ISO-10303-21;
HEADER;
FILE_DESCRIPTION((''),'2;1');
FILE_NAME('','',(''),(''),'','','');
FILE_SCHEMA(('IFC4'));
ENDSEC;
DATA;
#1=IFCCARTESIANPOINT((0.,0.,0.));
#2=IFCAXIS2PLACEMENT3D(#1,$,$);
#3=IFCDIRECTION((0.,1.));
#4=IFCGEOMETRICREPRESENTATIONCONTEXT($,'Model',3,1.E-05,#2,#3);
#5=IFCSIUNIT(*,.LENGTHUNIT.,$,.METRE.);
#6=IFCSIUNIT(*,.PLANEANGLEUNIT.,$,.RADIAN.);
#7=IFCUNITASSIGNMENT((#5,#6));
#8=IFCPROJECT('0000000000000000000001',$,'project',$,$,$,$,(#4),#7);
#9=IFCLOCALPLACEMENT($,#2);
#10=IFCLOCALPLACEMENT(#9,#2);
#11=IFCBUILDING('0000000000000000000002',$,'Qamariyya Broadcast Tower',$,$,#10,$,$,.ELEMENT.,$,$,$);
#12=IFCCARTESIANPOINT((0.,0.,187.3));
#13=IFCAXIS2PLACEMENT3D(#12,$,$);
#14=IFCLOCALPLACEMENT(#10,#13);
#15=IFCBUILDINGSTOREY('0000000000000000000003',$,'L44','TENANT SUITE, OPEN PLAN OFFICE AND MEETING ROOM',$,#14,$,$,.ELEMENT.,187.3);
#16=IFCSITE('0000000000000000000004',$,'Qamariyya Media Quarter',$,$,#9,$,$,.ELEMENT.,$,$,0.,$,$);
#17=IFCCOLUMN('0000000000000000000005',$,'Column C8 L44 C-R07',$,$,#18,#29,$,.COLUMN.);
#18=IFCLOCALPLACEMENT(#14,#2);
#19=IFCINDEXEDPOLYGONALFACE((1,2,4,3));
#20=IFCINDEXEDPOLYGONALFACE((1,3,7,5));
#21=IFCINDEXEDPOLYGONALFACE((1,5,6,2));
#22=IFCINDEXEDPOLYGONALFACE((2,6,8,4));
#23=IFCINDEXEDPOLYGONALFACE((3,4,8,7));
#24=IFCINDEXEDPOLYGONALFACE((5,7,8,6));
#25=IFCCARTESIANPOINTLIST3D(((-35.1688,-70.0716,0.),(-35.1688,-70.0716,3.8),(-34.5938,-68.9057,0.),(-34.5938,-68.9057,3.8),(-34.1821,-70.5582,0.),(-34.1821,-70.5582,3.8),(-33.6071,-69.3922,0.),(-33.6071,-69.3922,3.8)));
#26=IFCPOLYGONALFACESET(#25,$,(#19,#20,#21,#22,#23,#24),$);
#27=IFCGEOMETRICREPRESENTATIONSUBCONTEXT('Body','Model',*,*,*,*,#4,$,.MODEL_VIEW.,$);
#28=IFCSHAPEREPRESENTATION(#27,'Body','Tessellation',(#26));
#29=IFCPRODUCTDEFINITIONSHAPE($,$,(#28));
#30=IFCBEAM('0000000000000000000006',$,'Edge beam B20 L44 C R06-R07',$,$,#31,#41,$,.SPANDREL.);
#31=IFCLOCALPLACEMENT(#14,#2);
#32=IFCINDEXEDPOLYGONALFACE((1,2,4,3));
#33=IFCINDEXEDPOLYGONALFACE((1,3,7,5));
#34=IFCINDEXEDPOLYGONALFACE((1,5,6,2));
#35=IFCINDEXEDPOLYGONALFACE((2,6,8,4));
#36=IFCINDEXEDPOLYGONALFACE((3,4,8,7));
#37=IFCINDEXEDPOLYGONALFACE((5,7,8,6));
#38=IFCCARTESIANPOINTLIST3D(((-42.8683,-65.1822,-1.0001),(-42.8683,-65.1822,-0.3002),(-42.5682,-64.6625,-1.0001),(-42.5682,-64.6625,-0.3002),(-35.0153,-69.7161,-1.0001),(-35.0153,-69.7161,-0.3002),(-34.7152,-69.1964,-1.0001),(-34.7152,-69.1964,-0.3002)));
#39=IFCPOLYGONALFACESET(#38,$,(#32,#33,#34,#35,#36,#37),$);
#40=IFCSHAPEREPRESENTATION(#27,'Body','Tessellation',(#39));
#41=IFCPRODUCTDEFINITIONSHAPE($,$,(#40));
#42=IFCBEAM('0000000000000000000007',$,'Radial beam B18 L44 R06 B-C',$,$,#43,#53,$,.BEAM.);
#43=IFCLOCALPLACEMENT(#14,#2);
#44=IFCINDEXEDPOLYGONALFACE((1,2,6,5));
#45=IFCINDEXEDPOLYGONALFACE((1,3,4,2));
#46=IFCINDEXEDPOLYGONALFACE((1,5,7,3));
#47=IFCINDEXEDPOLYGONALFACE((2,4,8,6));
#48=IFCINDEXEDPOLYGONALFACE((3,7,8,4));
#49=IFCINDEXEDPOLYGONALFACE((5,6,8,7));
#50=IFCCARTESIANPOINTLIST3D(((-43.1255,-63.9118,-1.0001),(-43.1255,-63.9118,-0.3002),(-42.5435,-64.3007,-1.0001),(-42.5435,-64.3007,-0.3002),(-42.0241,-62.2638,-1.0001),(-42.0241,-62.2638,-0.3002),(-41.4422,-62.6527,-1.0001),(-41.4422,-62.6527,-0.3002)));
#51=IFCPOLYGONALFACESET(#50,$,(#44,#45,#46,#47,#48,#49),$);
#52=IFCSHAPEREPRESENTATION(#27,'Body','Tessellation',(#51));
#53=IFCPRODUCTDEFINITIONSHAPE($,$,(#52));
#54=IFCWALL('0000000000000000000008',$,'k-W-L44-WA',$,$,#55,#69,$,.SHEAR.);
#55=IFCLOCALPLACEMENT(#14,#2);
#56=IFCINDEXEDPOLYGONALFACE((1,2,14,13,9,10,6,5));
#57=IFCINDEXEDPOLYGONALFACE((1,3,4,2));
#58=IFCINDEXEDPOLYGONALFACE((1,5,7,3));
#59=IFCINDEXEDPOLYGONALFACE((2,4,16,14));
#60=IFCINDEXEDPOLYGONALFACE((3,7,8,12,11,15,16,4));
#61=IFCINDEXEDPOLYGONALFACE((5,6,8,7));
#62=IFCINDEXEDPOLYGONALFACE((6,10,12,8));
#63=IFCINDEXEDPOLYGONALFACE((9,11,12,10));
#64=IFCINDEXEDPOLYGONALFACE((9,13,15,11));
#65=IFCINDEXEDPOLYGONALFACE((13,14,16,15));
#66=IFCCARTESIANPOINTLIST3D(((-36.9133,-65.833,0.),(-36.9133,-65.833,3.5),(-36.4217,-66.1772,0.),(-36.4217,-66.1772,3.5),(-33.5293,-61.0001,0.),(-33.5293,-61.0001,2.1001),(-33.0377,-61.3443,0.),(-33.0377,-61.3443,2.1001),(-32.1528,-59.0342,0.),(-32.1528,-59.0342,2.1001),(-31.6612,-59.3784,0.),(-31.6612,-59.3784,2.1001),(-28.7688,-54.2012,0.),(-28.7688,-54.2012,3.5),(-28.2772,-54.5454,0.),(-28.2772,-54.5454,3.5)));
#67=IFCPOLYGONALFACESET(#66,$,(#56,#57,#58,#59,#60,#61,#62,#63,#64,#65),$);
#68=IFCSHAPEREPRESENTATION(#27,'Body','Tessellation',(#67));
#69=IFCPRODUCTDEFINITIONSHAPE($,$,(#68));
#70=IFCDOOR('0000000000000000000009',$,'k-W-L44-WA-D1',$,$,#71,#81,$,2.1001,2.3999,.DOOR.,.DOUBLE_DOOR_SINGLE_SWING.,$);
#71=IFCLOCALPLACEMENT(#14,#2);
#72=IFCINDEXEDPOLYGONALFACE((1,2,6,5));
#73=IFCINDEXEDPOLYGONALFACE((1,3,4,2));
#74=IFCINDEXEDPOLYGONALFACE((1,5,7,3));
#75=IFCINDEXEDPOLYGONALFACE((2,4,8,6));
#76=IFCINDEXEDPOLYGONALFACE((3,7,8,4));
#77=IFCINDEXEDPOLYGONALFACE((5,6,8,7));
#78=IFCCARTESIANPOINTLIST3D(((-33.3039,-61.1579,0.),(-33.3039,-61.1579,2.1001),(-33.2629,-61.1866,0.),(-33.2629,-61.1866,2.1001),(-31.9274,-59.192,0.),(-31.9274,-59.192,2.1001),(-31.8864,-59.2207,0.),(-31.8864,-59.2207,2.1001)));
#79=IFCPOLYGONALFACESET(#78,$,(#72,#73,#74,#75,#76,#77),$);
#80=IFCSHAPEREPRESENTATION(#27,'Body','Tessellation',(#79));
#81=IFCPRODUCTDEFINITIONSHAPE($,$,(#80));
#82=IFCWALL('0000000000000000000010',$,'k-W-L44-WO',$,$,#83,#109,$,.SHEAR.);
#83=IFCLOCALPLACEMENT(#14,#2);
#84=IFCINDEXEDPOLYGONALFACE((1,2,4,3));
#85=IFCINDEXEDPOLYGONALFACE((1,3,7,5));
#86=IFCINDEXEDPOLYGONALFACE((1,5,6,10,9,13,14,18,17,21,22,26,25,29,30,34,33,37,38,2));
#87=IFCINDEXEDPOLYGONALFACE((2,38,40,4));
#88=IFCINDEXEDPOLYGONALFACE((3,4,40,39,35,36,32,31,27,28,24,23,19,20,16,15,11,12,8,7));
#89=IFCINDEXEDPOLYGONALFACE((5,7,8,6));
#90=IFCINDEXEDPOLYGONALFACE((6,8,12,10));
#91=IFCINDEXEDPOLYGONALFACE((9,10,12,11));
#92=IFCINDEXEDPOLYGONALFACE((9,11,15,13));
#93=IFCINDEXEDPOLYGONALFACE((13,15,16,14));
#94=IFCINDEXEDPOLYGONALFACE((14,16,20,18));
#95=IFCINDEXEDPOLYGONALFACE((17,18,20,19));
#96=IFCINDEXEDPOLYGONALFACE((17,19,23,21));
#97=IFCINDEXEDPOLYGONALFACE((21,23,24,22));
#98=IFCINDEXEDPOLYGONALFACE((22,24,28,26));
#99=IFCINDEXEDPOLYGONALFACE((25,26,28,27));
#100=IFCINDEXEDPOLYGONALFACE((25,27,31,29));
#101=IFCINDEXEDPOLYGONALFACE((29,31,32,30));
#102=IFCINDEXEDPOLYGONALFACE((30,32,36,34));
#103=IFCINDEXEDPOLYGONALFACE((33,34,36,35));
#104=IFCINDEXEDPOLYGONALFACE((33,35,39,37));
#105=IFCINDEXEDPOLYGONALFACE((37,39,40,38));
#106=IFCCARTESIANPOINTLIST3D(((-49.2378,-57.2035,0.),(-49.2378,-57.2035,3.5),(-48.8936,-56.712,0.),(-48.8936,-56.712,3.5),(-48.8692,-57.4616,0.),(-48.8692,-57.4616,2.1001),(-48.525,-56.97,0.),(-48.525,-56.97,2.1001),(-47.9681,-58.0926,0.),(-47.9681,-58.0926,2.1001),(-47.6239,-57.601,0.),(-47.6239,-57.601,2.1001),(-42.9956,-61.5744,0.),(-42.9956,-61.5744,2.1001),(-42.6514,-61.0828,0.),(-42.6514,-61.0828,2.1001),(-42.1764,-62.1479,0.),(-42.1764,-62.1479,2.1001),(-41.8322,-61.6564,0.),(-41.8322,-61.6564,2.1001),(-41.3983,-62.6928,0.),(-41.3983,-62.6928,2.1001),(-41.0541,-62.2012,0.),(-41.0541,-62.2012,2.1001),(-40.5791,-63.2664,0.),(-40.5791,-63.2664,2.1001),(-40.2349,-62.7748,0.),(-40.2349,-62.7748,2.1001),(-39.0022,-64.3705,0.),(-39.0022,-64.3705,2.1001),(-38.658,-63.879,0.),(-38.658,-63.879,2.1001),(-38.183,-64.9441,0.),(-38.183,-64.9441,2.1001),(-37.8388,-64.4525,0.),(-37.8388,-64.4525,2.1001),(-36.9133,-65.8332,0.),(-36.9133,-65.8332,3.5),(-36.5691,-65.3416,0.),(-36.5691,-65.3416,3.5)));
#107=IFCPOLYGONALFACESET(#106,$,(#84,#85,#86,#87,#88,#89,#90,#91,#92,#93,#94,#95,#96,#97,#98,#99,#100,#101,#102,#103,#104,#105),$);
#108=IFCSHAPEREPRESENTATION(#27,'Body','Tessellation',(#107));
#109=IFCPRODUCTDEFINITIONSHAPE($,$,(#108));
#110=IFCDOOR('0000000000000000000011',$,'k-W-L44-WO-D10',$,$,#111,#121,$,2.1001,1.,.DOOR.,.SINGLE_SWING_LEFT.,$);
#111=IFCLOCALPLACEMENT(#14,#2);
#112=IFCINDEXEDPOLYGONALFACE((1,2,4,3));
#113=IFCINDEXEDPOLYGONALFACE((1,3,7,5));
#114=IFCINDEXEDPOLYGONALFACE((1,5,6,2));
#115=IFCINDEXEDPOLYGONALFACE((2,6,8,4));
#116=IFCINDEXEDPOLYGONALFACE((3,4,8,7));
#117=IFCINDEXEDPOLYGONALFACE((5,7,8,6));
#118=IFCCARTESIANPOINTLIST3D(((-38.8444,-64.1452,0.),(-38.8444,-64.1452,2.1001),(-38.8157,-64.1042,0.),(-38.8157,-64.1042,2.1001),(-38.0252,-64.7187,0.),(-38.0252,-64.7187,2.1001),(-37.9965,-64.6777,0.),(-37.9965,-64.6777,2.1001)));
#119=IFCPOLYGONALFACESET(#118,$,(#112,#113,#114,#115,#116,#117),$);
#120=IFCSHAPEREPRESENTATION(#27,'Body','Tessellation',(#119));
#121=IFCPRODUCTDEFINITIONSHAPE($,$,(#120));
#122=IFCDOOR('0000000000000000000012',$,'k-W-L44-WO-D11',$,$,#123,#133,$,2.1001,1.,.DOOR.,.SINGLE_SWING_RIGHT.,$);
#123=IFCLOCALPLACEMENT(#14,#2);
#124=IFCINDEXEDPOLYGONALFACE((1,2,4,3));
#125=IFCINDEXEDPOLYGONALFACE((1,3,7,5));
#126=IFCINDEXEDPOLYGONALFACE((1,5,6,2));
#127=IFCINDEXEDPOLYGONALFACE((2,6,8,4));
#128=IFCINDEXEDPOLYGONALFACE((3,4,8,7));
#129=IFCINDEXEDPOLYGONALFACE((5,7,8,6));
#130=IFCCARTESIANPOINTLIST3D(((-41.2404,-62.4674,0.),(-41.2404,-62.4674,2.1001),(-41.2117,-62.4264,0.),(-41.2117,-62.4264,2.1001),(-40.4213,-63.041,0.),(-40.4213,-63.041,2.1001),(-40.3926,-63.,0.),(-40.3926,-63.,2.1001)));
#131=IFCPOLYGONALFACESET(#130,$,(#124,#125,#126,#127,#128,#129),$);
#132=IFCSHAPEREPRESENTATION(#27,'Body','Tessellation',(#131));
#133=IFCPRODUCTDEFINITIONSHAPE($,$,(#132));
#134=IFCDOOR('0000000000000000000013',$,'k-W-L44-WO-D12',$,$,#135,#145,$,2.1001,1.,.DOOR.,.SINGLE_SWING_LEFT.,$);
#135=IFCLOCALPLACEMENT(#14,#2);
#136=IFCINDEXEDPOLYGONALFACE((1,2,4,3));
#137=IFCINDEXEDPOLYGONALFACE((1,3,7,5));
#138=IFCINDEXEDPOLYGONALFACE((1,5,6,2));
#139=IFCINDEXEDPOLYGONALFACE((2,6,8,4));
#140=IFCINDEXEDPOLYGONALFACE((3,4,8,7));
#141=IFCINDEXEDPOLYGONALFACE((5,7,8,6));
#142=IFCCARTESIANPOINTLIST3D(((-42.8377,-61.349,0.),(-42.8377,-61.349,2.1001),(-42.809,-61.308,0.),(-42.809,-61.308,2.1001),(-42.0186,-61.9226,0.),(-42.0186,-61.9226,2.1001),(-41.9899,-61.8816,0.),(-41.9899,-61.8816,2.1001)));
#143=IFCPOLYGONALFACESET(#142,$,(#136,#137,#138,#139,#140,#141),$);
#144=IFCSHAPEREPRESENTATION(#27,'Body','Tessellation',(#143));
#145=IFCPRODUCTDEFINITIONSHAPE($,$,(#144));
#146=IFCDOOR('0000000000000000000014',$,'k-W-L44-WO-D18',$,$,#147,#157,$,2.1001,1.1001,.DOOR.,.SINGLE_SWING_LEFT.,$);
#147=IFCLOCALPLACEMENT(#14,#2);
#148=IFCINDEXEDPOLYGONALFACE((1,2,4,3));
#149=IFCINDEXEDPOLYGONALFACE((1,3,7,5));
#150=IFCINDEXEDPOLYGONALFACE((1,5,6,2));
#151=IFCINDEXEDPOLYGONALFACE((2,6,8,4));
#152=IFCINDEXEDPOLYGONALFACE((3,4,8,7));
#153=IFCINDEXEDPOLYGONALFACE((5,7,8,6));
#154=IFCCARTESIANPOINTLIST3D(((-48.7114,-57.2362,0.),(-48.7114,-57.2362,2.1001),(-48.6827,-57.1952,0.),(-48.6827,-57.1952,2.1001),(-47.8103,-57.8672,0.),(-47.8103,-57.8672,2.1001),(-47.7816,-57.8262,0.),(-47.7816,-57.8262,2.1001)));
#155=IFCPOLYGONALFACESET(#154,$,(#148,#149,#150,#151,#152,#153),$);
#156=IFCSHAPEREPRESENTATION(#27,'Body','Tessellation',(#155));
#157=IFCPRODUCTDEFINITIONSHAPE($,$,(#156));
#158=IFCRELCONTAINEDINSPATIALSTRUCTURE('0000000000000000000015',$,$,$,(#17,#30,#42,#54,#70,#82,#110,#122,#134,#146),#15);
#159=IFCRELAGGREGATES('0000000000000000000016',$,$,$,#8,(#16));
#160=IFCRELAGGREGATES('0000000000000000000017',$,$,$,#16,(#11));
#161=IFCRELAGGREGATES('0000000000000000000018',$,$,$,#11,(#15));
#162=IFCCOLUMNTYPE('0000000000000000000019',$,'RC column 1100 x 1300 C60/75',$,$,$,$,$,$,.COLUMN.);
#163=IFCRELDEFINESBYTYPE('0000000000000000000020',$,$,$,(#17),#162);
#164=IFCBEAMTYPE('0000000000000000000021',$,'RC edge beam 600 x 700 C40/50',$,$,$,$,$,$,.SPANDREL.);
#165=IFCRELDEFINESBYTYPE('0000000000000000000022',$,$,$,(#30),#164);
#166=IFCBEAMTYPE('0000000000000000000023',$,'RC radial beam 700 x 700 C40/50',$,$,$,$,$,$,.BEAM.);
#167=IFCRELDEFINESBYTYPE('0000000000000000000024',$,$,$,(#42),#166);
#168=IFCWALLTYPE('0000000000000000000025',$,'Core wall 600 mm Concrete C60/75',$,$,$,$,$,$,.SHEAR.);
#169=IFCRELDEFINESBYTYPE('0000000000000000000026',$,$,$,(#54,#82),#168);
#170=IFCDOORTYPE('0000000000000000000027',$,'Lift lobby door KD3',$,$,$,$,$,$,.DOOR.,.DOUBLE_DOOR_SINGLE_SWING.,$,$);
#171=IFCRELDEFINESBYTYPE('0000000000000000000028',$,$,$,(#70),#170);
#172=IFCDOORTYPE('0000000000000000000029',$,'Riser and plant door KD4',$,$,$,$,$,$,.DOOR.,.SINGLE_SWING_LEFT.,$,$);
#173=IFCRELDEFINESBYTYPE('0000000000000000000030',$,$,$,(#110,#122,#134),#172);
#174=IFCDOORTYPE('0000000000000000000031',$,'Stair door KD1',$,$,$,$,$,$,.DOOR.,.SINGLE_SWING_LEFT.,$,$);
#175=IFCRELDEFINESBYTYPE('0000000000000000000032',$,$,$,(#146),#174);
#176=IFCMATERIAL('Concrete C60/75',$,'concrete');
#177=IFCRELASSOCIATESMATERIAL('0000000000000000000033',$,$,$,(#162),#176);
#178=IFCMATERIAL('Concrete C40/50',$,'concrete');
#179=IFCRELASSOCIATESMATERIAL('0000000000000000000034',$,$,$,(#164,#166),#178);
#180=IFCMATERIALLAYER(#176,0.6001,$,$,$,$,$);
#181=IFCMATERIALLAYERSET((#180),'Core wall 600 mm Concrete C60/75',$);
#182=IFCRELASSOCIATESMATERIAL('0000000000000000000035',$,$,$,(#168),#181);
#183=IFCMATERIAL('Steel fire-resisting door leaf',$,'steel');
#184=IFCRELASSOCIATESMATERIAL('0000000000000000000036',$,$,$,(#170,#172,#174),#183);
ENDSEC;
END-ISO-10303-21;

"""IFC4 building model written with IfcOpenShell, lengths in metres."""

from ifc_helpers import new_model, si_unit, direction, frame, frame_2d, origin, origin_2d, place, context, subcontext, project, spatial, rectangle, extrude, material, layer, layer_set, material_profile, profile_set, type_object, element, fill, save


model = new_model("IFC4")

# Units and contexts
model_context = context("Model", 3, precision=1e-05, world=origin(), true_north=direction((0.0, 1.0)))
body_context = subcontext(model_context, "Body", "Model", "MODEL_VIEW")
ifc_project = project(units=[si_unit("LENGTHUNIT", "METRE"), si_unit("PLANEANGLEUNIT", "RADIAN")], contexts=[model_context])

# Site, building, storey
site_placement = place(None, origin())
site = spatial("IfcSite", under=ifc_project, at=site_placement, Name="Qamariyya Media Quarter", CompositionType="ELEMENT", RefElevation=0.0)
building_placement = place(site_placement, origin())
building = spatial("IfcBuilding", under=site, at=building_placement, Name="Qamariyya Broadcast Tower", CompositionType="ELEMENT")
storey_placement = place(building_placement, frame((0.0, 0.0, 187.3)))
storey = spatial("IfcBuildingStorey", under=building, at=storey_placement, Name="L44", Description="TENANT SUITE, OPEN PLAN OFFICE AND MEETING ROOM", CompositionType="ELEMENT", Elevation=187.3)

# Column
ifc_material_1 = material(Name="Concrete C60/75", Category="concrete")
ifc_material_profile_1 = material_profile(ifc_material_1, rectangle(XDim=1.1001, YDim=1.3, at=origin_2d()))
ifc_profile_set_1 = profile_set([ifc_material_profile_1], Name="Concrete C60/75")
column_type = type_object("IfcColumnType", Name="RC column 1100 x 1300 C60/75", PredefinedType="COLUMN", material=ifc_profile_set_1)
column_placement = place(storey_placement, frame((-34.3879, -69.7319, 0.0), z_axis=(0.0, 0.0, 1.0), x_axis=(0.896873, -0.442289, 0.0)))
element("IfcColumn", 1, at=column_placement, inside=storey, type_object=column_type, Name="Column C8 L44 C-R07", PredefinedType="COLUMN", context=body_context, shape_type="SweptSolid", body=[
    extrude(rectangle(XDim=1.1001, YDim=1.3, at=origin_2d()), origin(), (0.0, 0.0, 1.0), 3.8),
])

# Beams
ifc_material_2 = material(Name="Concrete C40/50", Category="concrete")
ifc_material_profile_2 = material_profile(ifc_material_2, rectangle(XDim=0.6001, YDim=0.7, at=origin_2d()))
ifc_profile_set_2 = profile_set([ifc_material_profile_2], Name="Concrete C40/50")
beam_type_1 = type_object("IfcBeamType", Name="RC edge beam 600 x 700 C40/50", PredefinedType="SPANDREL", material=ifc_profile_set_2)
beam_1_placement = place(storey_placement, frame((-42.7183, -64.9224, -0.6501), z_axis=(0.866026, -0.499999, 0.0), x_axis=(0.499999, 0.866026, 0.0)))
element("IfcBeam", 2, at=beam_1_placement, inside=storey, type_object=beam_type_1, Name="Edge beam B20 L44 C R06-R07", PredefinedType="SPANDREL", context=body_context, shape_type="SweptSolid", body=[
    extrude(rectangle(XDim=0.6001, YDim=0.7, at=origin_2d()), origin(), (0.0, 0.0, 1.0), 9.0679),
])
ifc_material_profile_3 = material_profile(ifc_material_2, rectangle(XDim=0.7, YDim=0.7, at=origin_2d()))
ifc_profile_set_3 = profile_set([ifc_material_profile_3], Name="Concrete C40/50")
beam_type_2 = type_object("IfcBeamType", Name="RC radial beam 700 x 700 C40/50", PredefinedType="BEAM", material=ifc_profile_set_3)
beam_2_placement = place(storey_placement, frame((-41.7332, -62.4583, -0.6501), z_axis=(-0.555638, -0.831424, 0.0), x_axis=(0.831424, -0.555638, 0.0)))
element("IfcBeam", 3, at=beam_2_placement, inside=storey, type_object=beam_type_2, Name="Radial beam B18 L44 R06 B-C", PredefinedType="BEAM", context=body_context, shape_type="SweptSolid", body=[
    extrude(rectangle(XDim=0.7, YDim=0.7, at=origin_2d()), origin(), (0.0, 0.0, 1.0), 1.9822),
])

# Wall, opening, door
ifc_layer_1 = layer(ifc_material_1, 0.6001)
ifc_layer_set_1 = layer_set([ifc_layer_1], Name="Core wall 600 mm Concrete C60/75")
wall_type_1 = type_object("IfcWallType", Name="Core wall 600 mm Concrete C60/75", PredefinedType="SHEAR", material=ifc_layer_set_1)
wall_1_placement = place(storey_placement, frame((-36.6675, -66.0051, 0.0), z_axis=(0.0, 0.0, 1.0), x_axis=(0.573568, 0.819158, 0.0)))
wall_1 = element("IfcWall", 4, at=wall_1_placement, inside=storey, type_object=wall_type_1, Name="k-W-L44-WA", PredefinedType="SHEAR", context=body_context, shape_type="SweptSolid", body=[
    extrude(rectangle(XDim=14.1997, YDim=0.6001, at=frame_2d((7.0999, 0.0))), origin(), (0.0, 0.0, 1.0), 3.5),
])
opening_1_placement = place(wall_1_placement, frame((5.8999, 0.0, 0.0)))
opening_1 = element("IfcOpeningElement", 5, at=opening_1_placement, cuts=wall_1, PredefinedType="OPENING", context=body_context, shape_type="SweptSolid", body=[
    extrude(rectangle(XDim=2.3999, YDim=2.1001, at=frame_2d((1.2, 1.05))), frame((0.0, 0.3101, 0.0), z_axis=(0.0, -1.0, 0.0), x_axis=(1.0, 0.0, 0.0)), (0.0, 0.0, 1.0), 0.6201),
])
ifc_material_3 = material(Name="Steel fire-resisting door leaf", Category="steel")
door_type_1 = type_object("IfcDoorType", Name="Lift lobby door KD3", OperationType="DOUBLE_DOOR_SINGLE_SWING", PredefinedType="DOOR", material=ifc_material_3)
door_1_placement = place(opening_1_placement, origin())
door_1 = element("IfcDoor", 6, at=door_1_placement, inside=storey, type_object=door_type_1, Name="k-W-L44-WA-D1", OperationType="DOUBLE_DOOR_SINGLE_SWING", OverallHeight=2.1001, OverallWidth=2.3999, PredefinedType="DOOR", context=body_context, shape_type="SweptSolid", body=[
    extrude(rectangle(XDim=2.3999, YDim=2.1001, at=frame_2d((1.2, 1.05))), frame((0.0, 0.0249, 0.0), z_axis=(0.0, -1.0, 0.0), x_axis=(1.0, 0.0, 0.0)), (0.0, 0.0, 1.0), 0.05),
])
fill(opening_1, door_1)

# Wall, openings, doors
wall_2_placement = place(storey_placement, frame((-36.7412, -65.5874, 0.0), z_axis=(0.0, 0.0, 1.0), x_axis=(-0.819153, 0.573575, 0.0)))
wall_2 = element("IfcWall", 7, at=wall_2_placement, inside=storey, type_object=wall_type_1, Name="k-W-L44-WO", PredefinedType="SHEAR", context=body_context, shape_type="SweptSolid", body=[
    extrude(rectangle(XDim=15.0454, YDim=0.6001, at=frame_2d((7.5227, 0.0))), origin(), (0.0, 0.0, 1.0), 3.5),
])
opening_2_placement = place(wall_2_placement, frame((1.55, 0.0, 0.0)))
opening_2 = element("IfcOpeningElement", 8, at=opening_2_placement, cuts=wall_2, PredefinedType="OPENING", context=body_context, shape_type="SweptSolid", body=[
    extrude(rectangle(XDim=1.0, YDim=2.1001, at=frame_2d((0.5, 1.05))), frame((0.0, 0.3101, 0.0), z_axis=(0.0, -1.0, 0.0), x_axis=(1.0, 0.0, 0.0)), (0.0, 0.0, 1.0), 0.6201),
])
opening_3_placement = place(wall_2_placement, frame((4.4751, 0.0, 0.0)))
opening_3 = element("IfcOpeningElement", 9, at=opening_3_placement, cuts=wall_2, PredefinedType="OPENING", context=body_context, shape_type="SweptSolid", body=[
    extrude(rectangle(XDim=1.0, YDim=2.1001, at=frame_2d((0.5, 1.05))), frame((0.0, 0.3101, 0.0), z_axis=(0.0, -1.0, 0.0), x_axis=(1.0, 0.0, 0.0)), (0.0, 0.0, 1.0), 0.6201),
])
opening_4_placement = place(wall_2_placement, frame((6.425, 0.0, 0.0)))
opening_4 = element("IfcOpeningElement", 10, at=opening_4_placement, cuts=wall_2, PredefinedType="OPENING", context=body_context, shape_type="SweptSolid", body=[
    extrude(rectangle(XDim=1.0, YDim=2.1001, at=frame_2d((0.5, 1.05))), frame((0.0, 0.3101, 0.0), z_axis=(0.0, -1.0, 0.0), x_axis=(1.0, 0.0, 0.0)), (0.0, 0.0, 1.0), 0.6201),
])
opening_5_placement = place(wall_2_placement, frame((13.4954, 0.0, 0.0)))
opening_5 = element("IfcOpeningElement", 11, at=opening_5_placement, cuts=wall_2, PredefinedType="OPENING", context=body_context, shape_type="SweptSolid", body=[
    extrude(rectangle(XDim=1.1001, YDim=2.1001, at=frame_2d((0.55, 1.05))), frame((0.0, 0.3101, 0.0), z_axis=(0.0, -1.0, 0.0), x_axis=(1.0, 0.0, 0.0)), (0.0, 0.0, 1.0), 0.6201),
])
door_type_2 = type_object("IfcDoorType", Name="Riser and plant door KD4", OperationType="SINGLE_SWING_LEFT", PredefinedType="DOOR", material=ifc_material_3)
door_2_placement = place(opening_2_placement, origin())
door_2 = element("IfcDoor", 12, at=door_2_placement, inside=storey, type_object=door_type_2, Name="k-W-L44-WO-D10", OperationType="SINGLE_SWING_LEFT", OverallHeight=2.1001, OverallWidth=1.0, PredefinedType="DOOR", context=body_context, shape_type="SweptSolid", body=[
    extrude(rectangle(XDim=1.0, YDim=2.1001, at=frame_2d((0.5, 1.05))), frame((0.0, 0.0249, 0.0), z_axis=(0.0, -1.0, 0.0), x_axis=(1.0, 0.0, 0.0)), (0.0, 0.0, 1.0), 0.05),
])
fill(opening_2, door_2)
door_3_placement = place(opening_3_placement, origin())
door_3 = element("IfcDoor", 13, at=door_3_placement, inside=storey, type_object=door_type_2, Name="k-W-L44-WO-D11", OperationType="SINGLE_SWING_RIGHT", OverallHeight=2.1001, OverallWidth=1.0, PredefinedType="DOOR", context=body_context, shape_type="SweptSolid", body=[
    extrude(rectangle(XDim=1.0, YDim=2.1001, at=frame_2d((0.5, 1.05))), frame((0.0, 0.0249, 0.0), z_axis=(0.0, -1.0, 0.0), x_axis=(1.0, 0.0, 0.0)), (0.0, 0.0, 1.0), 0.05),
])
fill(opening_3, door_3)
door_4_placement = place(opening_4_placement, origin())
door_4 = element("IfcDoor", 14, at=door_4_placement, inside=storey, type_object=door_type_2, Name="k-W-L44-WO-D12", OperationType="SINGLE_SWING_LEFT", OverallHeight=2.1001, OverallWidth=1.0, PredefinedType="DOOR", context=body_context, shape_type="SweptSolid", body=[
    extrude(rectangle(XDim=1.0, YDim=2.1001, at=frame_2d((0.5, 1.05))), frame((0.0, 0.0249, 0.0), z_axis=(0.0, -1.0, 0.0), x_axis=(1.0, 0.0, 0.0)), (0.0, 0.0, 1.0), 0.05),
])
fill(opening_4, door_4)
door_type_3 = type_object("IfcDoorType", Name="Stair door KD1", OperationType="SINGLE_SWING_LEFT", PredefinedType="DOOR", material=ifc_material_3)
door_5_placement = place(opening_5_placement, origin())
door_5 = element("IfcDoor", 15, at=door_5_placement, inside=storey, type_object=door_type_3, Name="k-W-L44-WO-D18", OperationType="SINGLE_SWING_LEFT", OverallHeight=2.1001, OverallWidth=1.1001, PredefinedType="DOOR", context=body_context, shape_type="SweptSolid", body=[
    extrude(rectangle(XDim=1.1001, YDim=2.1001, at=frame_2d((0.55, 1.05))), frame((0.0, 0.0249, 0.0), z_axis=(0.0, -1.0, 0.0), x_axis=(1.0, 0.0, 0.0)), (0.0, 0.0, 1.0), 0.05),
])
fill(opening_5, door_5)

save(model, "model.ifc")
